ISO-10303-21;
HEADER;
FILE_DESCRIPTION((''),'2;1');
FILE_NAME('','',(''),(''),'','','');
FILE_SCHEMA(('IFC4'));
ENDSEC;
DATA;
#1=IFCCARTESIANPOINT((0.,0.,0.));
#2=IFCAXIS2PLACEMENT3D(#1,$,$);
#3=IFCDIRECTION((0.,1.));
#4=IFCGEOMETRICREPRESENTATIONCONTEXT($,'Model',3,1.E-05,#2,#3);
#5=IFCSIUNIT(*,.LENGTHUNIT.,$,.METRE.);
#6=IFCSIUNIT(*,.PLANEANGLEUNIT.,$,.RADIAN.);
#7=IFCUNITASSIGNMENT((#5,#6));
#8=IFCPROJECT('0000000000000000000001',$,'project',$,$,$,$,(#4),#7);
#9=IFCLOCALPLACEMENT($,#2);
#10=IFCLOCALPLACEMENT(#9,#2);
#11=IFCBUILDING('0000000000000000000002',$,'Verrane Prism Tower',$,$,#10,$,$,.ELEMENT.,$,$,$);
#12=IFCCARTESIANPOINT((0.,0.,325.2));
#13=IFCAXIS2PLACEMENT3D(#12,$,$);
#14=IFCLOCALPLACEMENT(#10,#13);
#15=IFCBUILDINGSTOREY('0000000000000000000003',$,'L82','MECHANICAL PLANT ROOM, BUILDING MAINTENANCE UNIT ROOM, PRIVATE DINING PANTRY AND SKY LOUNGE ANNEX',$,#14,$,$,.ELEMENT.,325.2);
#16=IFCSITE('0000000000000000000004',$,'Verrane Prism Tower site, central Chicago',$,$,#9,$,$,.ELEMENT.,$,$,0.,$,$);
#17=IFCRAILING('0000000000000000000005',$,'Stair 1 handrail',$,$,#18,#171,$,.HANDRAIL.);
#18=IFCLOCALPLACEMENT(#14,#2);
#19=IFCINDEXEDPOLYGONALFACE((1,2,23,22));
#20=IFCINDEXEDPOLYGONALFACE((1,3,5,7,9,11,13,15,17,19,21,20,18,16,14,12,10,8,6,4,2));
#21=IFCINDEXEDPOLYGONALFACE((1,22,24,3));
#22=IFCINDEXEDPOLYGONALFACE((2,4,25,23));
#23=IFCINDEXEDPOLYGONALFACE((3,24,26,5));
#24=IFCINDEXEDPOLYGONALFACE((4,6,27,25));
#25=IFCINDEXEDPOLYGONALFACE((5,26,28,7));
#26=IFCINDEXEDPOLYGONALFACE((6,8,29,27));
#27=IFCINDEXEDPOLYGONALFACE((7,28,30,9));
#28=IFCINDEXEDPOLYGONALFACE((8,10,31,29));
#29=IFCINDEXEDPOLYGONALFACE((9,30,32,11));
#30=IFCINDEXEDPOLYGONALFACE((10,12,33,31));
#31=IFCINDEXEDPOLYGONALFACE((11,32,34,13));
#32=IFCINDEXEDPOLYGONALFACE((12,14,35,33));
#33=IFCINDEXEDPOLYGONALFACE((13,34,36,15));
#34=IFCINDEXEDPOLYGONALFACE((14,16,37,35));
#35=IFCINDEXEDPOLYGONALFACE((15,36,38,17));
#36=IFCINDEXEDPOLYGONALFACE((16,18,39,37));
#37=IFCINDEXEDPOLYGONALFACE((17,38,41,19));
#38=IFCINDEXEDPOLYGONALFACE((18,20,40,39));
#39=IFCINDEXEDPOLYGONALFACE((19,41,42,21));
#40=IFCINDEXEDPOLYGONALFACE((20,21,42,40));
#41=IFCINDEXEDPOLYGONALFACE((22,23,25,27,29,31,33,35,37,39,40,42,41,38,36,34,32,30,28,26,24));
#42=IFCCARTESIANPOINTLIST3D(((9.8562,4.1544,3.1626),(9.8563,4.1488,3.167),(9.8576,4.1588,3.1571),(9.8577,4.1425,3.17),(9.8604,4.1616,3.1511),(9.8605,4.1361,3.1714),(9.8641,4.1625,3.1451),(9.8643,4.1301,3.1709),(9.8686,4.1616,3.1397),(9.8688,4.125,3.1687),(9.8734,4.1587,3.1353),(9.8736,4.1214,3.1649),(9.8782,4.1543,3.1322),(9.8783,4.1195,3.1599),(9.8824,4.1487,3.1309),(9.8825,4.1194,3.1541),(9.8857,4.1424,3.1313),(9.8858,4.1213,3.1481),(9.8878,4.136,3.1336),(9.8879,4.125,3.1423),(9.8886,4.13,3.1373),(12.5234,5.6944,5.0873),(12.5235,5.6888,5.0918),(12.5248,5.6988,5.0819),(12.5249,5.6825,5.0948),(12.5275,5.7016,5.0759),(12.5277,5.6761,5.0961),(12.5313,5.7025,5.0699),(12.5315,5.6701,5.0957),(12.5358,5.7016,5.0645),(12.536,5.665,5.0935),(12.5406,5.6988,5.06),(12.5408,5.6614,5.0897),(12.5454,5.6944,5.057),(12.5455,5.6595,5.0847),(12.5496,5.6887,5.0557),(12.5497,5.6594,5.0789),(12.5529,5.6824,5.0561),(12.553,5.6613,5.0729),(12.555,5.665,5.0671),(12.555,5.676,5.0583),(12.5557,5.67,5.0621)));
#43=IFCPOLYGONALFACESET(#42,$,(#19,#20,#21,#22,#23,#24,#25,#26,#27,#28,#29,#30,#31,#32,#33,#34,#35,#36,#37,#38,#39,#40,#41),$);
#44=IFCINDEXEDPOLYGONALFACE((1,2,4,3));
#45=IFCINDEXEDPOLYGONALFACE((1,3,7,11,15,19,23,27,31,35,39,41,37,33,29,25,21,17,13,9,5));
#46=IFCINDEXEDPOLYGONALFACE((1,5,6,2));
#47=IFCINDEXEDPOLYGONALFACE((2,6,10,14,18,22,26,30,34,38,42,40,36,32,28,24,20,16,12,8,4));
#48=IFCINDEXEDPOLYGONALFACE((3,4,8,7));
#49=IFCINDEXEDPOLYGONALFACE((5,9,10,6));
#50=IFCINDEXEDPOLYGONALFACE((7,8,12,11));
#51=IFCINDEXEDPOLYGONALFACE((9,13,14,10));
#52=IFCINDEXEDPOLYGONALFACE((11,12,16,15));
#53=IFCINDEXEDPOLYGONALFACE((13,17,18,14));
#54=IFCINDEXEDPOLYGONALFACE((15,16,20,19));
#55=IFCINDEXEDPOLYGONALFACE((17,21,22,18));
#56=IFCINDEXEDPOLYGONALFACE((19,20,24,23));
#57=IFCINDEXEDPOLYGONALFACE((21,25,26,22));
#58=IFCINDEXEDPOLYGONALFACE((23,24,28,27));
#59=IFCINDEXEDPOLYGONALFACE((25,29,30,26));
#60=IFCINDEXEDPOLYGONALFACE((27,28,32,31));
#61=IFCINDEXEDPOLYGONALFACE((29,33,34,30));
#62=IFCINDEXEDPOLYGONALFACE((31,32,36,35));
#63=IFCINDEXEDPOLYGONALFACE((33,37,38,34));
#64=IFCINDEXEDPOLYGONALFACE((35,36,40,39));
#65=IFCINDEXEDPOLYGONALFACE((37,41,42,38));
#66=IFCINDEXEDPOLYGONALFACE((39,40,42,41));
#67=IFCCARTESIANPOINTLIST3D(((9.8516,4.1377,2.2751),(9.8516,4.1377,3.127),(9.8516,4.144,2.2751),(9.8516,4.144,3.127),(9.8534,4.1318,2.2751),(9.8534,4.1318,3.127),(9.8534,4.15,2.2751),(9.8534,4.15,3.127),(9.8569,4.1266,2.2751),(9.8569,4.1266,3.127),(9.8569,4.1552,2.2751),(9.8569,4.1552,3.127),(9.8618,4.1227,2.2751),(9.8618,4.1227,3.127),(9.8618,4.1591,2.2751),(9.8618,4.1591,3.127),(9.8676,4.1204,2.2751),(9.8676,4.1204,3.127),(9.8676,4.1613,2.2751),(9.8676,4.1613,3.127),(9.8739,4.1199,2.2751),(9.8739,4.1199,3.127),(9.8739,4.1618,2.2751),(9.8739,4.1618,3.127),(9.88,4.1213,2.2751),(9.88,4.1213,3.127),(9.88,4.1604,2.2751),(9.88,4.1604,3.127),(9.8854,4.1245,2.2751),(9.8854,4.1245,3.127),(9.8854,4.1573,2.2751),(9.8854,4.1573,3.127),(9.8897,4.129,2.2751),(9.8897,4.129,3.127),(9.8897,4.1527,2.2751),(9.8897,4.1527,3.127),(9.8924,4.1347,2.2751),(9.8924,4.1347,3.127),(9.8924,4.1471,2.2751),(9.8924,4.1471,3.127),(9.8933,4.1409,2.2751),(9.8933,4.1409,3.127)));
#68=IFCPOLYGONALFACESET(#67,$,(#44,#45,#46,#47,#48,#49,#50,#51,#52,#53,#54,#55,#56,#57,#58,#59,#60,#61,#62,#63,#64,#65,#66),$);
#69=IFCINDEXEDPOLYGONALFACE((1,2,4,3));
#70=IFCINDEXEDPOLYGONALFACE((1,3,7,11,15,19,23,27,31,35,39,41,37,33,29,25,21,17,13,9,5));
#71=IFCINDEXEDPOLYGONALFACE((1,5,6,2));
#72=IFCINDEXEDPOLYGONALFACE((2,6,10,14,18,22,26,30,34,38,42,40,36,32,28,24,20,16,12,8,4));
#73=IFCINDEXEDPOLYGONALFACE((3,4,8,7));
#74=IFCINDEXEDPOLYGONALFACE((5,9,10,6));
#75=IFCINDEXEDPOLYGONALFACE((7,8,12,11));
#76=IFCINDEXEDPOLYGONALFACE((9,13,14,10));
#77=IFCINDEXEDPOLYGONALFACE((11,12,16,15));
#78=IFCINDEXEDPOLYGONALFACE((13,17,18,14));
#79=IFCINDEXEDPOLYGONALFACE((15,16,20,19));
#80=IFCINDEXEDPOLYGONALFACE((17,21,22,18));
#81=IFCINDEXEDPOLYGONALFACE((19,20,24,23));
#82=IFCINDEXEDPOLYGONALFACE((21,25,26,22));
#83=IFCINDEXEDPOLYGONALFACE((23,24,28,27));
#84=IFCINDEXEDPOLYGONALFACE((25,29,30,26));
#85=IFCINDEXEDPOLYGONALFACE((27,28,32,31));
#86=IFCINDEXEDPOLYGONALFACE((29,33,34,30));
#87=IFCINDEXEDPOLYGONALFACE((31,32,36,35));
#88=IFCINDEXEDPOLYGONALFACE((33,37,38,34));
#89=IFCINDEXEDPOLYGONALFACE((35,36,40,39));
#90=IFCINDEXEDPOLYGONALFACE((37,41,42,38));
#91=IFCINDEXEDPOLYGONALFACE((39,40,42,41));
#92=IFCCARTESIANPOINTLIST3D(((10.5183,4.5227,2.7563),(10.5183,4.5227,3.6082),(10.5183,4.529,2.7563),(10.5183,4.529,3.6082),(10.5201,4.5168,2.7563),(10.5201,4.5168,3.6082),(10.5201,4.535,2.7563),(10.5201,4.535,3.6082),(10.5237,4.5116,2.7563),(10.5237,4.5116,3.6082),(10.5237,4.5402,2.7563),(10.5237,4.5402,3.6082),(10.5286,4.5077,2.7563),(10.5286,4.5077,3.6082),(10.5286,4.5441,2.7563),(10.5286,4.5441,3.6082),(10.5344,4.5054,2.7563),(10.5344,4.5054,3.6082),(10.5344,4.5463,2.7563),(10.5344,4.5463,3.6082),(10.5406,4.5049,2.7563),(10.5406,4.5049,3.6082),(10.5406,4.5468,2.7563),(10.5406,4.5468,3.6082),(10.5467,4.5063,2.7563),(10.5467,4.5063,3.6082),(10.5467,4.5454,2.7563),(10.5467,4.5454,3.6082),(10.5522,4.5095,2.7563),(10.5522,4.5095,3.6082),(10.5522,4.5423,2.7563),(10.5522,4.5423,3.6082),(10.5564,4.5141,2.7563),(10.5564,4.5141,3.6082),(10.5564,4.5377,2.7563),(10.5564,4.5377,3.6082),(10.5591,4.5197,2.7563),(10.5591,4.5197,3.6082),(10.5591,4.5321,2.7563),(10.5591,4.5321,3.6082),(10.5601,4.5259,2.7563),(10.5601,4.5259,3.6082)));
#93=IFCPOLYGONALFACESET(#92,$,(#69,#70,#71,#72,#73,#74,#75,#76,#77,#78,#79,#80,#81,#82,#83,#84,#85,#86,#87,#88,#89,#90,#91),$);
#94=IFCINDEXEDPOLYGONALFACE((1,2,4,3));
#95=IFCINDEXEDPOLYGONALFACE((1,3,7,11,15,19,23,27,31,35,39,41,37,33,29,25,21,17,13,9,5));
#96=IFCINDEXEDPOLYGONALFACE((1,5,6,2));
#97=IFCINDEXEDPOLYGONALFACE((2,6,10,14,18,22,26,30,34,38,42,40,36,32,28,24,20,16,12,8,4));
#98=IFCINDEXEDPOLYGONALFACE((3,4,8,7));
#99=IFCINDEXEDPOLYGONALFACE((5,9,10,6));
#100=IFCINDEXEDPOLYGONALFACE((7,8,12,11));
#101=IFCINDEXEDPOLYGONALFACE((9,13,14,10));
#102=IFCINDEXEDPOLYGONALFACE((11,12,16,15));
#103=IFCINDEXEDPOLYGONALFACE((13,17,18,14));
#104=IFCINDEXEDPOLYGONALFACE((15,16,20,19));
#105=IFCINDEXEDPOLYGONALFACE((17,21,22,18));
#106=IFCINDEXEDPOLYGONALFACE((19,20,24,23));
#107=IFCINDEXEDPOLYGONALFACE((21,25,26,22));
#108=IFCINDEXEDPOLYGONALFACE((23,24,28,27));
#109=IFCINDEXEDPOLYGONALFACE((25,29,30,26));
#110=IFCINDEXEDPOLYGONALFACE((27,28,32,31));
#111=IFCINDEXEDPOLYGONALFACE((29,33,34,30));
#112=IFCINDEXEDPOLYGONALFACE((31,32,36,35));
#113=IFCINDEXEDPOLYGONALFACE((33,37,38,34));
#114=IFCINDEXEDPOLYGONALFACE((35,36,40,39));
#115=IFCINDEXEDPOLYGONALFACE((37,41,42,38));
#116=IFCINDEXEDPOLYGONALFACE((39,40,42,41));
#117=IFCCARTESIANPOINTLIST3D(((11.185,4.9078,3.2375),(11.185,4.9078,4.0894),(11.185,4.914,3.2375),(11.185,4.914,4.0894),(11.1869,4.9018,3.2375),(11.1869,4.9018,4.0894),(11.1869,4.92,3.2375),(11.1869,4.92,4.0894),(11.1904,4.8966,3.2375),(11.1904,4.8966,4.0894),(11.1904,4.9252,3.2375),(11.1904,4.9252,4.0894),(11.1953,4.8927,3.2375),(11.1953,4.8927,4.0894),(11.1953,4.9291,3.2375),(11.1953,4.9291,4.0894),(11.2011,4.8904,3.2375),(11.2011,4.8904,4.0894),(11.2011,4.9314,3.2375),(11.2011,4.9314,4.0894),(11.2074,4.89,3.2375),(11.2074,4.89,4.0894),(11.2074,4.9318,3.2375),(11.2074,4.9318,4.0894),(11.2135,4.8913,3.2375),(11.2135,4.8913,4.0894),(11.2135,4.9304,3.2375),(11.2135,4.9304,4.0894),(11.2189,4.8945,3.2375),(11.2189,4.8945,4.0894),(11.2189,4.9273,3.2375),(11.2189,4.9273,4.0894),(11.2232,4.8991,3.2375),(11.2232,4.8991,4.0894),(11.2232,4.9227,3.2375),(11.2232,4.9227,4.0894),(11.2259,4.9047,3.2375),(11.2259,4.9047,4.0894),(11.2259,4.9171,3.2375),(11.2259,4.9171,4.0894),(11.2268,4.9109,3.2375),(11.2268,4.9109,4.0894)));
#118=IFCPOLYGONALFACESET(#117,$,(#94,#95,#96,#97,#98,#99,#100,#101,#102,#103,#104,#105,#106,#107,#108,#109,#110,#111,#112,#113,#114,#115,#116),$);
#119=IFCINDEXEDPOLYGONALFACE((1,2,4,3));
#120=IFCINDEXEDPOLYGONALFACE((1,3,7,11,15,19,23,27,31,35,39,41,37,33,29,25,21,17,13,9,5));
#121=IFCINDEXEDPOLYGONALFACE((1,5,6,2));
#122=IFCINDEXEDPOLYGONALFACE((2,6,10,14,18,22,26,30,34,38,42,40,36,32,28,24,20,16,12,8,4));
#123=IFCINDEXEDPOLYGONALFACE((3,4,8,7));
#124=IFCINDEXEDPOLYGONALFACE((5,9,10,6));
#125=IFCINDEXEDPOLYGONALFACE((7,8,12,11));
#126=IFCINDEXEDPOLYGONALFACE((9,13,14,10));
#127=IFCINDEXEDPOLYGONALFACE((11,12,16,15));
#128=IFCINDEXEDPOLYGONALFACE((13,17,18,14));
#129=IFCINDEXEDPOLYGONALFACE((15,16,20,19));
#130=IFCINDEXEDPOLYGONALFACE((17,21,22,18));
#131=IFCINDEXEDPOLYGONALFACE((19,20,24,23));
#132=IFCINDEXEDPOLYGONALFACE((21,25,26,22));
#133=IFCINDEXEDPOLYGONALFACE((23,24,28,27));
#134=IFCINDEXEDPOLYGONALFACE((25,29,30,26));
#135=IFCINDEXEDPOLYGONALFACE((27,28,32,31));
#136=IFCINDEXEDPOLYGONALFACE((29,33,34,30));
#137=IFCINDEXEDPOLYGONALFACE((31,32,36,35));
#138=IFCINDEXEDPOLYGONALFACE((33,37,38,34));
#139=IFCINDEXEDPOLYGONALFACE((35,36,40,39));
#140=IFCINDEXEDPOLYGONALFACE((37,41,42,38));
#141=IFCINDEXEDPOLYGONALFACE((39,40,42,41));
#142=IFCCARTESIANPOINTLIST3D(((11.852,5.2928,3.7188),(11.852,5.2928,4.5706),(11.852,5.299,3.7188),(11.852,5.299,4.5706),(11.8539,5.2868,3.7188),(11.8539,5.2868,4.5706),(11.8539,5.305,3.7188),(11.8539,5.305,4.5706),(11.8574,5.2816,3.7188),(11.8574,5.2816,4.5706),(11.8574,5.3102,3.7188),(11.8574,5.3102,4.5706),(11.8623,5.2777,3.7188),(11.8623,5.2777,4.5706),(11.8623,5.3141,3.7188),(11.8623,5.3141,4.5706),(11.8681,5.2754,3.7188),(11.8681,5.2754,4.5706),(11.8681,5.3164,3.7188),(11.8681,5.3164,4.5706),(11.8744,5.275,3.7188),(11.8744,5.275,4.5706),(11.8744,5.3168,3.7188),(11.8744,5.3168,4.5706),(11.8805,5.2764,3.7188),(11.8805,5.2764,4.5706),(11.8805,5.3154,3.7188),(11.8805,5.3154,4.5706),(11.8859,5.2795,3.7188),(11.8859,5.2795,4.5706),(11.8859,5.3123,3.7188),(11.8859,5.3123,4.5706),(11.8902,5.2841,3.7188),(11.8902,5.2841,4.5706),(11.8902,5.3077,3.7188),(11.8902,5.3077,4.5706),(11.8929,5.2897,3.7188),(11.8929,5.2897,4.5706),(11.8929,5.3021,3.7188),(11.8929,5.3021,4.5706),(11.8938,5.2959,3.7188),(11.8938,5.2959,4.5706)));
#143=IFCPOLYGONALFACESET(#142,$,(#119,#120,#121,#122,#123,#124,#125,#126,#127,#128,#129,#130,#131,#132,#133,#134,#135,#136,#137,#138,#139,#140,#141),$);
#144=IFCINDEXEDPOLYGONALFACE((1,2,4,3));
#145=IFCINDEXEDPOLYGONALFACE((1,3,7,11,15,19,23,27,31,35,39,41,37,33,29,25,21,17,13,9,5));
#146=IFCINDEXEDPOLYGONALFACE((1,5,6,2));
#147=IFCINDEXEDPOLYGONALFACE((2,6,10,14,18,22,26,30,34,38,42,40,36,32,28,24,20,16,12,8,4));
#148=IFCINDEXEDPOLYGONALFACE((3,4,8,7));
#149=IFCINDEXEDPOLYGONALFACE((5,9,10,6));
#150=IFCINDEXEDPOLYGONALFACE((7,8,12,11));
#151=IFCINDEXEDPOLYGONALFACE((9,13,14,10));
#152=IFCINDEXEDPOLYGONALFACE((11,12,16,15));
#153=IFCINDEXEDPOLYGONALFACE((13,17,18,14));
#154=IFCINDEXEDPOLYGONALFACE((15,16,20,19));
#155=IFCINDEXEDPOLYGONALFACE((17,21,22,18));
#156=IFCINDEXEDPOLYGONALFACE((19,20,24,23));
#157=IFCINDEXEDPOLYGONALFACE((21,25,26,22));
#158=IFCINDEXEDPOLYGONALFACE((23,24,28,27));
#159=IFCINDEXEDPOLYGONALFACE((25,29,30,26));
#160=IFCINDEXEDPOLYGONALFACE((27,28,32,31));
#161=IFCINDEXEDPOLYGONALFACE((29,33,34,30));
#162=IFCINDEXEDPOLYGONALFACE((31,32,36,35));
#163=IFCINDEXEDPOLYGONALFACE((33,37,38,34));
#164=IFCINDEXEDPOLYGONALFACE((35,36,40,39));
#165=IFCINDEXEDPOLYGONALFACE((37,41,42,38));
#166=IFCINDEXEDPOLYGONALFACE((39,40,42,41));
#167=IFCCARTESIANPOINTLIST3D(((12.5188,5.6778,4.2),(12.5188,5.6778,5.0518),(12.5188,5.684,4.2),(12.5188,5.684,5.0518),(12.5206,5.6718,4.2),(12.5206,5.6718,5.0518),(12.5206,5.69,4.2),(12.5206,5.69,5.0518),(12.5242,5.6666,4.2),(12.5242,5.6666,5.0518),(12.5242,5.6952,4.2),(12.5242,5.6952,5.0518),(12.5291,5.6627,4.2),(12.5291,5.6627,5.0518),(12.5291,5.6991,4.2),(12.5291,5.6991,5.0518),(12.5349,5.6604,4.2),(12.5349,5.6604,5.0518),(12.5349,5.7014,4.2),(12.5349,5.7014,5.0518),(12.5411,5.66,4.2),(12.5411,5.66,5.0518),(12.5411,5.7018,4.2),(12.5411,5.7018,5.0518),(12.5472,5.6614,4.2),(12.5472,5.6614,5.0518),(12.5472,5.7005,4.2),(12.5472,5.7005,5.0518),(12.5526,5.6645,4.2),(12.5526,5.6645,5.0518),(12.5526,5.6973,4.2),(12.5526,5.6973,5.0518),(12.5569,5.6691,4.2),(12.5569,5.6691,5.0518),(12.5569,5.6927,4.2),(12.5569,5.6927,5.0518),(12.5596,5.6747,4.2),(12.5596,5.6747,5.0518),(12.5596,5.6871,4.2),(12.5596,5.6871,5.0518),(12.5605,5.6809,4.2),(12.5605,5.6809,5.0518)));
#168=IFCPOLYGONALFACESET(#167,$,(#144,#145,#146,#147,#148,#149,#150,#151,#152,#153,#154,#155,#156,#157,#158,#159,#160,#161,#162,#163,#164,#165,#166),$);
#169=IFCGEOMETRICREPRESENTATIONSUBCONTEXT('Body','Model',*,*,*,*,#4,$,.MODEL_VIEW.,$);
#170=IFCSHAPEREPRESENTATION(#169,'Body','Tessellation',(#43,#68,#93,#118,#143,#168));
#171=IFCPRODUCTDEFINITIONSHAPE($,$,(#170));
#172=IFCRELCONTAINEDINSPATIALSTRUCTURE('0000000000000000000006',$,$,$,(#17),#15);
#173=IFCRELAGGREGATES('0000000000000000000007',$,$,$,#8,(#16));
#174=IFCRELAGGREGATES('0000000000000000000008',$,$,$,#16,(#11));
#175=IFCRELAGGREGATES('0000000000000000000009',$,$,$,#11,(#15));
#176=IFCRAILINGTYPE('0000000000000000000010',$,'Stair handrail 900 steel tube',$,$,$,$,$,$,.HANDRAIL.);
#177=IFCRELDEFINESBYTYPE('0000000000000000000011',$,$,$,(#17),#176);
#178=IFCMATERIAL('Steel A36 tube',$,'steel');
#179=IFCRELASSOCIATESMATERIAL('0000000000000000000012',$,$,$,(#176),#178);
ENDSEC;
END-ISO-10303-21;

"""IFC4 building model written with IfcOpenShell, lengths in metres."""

from ifc_helpers import new_model, si_unit, direction, frame, origin, origin_2d, place, context, subcontext, project, spatial, circle, extrude, material, type_object, element, save


model = new_model("IFC4")

# Units and contexts
model_context = context("Model", 3, precision=1e-05, world=origin(), true_north=direction((0.0, 1.0)))
body_context = subcontext(model_context, "Body", "Model", "MODEL_VIEW")
ifc_project = project(units=[si_unit("LENGTHUNIT", "METRE"), si_unit("PLANEANGLEUNIT", "RADIAN")], contexts=[model_context])

# Site, building, storey
site_placement = place(None, origin())
site = spatial("IfcSite", under=ifc_project, at=site_placement, Name="Verrane Prism Tower site, central Chicago", CompositionType="ELEMENT", RefElevation=0.0)
building_placement = place(site_placement, origin())
building = spatial("IfcBuilding", under=site, at=building_placement, Name="Verrane Prism Tower", CompositionType="ELEMENT")
storey_placement = place(building_placement, frame((0.0, 0.0, 325.2)))
storey = spatial("IfcBuildingStorey", under=building, at=storey_placement, Name="L82", Description="MECHANICAL PLANT ROOM, BUILDING MAINTENANCE UNIT ROOM, PRIVATE DINING PANTRY AND SKY LOUNGE ANNEX", CompositionType="ELEMENT", Elevation=325.2)

# Railing
ifc_material_1 = material(Name="Steel A36 tube", Category="steel")
railing_type = type_object("IfcRailingType", Name="Stair handrail 900 steel tube", PredefinedType="HANDRAIL", material=ifc_material_1)
railing_1_placement = place(storey_placement, frame((9.8723, 4.1409, 2.2751)))
element("IfcRailing", 1, at=railing_1_placement, inside=storey, type_object=railing_type, Name="Stair 1 handrail", PredefinedType="HANDRAIL", context=body_context, shape_type="SweptSolid", body=[
    extrude(circle(Radius=0.0239, at=origin_2d()), frame((0.0, 0.0, 0.876), z_axis=(0.73439, 0.424031, 0.529971), x_axis=(-0.500027, 0.86601, 0.0)), (0.0, 0.0, 1.0), 3.6318),
    extrude(circle(Radius=0.021, at=origin_2d()), origin(), (0.0, 0.0, 1.0), 0.8518),
    extrude(circle(Radius=0.021, at=origin_2d()), frame((0.6667, 0.385, 0.4812)), (0.0, 0.0, 1.0), 0.8518),
    extrude(circle(Radius=0.021, at=origin_2d()), frame((1.3335, 0.77, 0.9624)), (0.0, 0.0, 1.0), 0.8518),
    extrude(circle(Radius=0.021, at=origin_2d()), frame((2.0005, 1.155, 1.4436)), (0.0, 0.0, 1.0), 0.8518),
    extrude(circle(Radius=0.021, at=origin_2d()), frame((2.6672, 1.54, 1.9248)), (0.0, 0.0, 1.0), 0.8518),
])

save(model, "model.ifc")
